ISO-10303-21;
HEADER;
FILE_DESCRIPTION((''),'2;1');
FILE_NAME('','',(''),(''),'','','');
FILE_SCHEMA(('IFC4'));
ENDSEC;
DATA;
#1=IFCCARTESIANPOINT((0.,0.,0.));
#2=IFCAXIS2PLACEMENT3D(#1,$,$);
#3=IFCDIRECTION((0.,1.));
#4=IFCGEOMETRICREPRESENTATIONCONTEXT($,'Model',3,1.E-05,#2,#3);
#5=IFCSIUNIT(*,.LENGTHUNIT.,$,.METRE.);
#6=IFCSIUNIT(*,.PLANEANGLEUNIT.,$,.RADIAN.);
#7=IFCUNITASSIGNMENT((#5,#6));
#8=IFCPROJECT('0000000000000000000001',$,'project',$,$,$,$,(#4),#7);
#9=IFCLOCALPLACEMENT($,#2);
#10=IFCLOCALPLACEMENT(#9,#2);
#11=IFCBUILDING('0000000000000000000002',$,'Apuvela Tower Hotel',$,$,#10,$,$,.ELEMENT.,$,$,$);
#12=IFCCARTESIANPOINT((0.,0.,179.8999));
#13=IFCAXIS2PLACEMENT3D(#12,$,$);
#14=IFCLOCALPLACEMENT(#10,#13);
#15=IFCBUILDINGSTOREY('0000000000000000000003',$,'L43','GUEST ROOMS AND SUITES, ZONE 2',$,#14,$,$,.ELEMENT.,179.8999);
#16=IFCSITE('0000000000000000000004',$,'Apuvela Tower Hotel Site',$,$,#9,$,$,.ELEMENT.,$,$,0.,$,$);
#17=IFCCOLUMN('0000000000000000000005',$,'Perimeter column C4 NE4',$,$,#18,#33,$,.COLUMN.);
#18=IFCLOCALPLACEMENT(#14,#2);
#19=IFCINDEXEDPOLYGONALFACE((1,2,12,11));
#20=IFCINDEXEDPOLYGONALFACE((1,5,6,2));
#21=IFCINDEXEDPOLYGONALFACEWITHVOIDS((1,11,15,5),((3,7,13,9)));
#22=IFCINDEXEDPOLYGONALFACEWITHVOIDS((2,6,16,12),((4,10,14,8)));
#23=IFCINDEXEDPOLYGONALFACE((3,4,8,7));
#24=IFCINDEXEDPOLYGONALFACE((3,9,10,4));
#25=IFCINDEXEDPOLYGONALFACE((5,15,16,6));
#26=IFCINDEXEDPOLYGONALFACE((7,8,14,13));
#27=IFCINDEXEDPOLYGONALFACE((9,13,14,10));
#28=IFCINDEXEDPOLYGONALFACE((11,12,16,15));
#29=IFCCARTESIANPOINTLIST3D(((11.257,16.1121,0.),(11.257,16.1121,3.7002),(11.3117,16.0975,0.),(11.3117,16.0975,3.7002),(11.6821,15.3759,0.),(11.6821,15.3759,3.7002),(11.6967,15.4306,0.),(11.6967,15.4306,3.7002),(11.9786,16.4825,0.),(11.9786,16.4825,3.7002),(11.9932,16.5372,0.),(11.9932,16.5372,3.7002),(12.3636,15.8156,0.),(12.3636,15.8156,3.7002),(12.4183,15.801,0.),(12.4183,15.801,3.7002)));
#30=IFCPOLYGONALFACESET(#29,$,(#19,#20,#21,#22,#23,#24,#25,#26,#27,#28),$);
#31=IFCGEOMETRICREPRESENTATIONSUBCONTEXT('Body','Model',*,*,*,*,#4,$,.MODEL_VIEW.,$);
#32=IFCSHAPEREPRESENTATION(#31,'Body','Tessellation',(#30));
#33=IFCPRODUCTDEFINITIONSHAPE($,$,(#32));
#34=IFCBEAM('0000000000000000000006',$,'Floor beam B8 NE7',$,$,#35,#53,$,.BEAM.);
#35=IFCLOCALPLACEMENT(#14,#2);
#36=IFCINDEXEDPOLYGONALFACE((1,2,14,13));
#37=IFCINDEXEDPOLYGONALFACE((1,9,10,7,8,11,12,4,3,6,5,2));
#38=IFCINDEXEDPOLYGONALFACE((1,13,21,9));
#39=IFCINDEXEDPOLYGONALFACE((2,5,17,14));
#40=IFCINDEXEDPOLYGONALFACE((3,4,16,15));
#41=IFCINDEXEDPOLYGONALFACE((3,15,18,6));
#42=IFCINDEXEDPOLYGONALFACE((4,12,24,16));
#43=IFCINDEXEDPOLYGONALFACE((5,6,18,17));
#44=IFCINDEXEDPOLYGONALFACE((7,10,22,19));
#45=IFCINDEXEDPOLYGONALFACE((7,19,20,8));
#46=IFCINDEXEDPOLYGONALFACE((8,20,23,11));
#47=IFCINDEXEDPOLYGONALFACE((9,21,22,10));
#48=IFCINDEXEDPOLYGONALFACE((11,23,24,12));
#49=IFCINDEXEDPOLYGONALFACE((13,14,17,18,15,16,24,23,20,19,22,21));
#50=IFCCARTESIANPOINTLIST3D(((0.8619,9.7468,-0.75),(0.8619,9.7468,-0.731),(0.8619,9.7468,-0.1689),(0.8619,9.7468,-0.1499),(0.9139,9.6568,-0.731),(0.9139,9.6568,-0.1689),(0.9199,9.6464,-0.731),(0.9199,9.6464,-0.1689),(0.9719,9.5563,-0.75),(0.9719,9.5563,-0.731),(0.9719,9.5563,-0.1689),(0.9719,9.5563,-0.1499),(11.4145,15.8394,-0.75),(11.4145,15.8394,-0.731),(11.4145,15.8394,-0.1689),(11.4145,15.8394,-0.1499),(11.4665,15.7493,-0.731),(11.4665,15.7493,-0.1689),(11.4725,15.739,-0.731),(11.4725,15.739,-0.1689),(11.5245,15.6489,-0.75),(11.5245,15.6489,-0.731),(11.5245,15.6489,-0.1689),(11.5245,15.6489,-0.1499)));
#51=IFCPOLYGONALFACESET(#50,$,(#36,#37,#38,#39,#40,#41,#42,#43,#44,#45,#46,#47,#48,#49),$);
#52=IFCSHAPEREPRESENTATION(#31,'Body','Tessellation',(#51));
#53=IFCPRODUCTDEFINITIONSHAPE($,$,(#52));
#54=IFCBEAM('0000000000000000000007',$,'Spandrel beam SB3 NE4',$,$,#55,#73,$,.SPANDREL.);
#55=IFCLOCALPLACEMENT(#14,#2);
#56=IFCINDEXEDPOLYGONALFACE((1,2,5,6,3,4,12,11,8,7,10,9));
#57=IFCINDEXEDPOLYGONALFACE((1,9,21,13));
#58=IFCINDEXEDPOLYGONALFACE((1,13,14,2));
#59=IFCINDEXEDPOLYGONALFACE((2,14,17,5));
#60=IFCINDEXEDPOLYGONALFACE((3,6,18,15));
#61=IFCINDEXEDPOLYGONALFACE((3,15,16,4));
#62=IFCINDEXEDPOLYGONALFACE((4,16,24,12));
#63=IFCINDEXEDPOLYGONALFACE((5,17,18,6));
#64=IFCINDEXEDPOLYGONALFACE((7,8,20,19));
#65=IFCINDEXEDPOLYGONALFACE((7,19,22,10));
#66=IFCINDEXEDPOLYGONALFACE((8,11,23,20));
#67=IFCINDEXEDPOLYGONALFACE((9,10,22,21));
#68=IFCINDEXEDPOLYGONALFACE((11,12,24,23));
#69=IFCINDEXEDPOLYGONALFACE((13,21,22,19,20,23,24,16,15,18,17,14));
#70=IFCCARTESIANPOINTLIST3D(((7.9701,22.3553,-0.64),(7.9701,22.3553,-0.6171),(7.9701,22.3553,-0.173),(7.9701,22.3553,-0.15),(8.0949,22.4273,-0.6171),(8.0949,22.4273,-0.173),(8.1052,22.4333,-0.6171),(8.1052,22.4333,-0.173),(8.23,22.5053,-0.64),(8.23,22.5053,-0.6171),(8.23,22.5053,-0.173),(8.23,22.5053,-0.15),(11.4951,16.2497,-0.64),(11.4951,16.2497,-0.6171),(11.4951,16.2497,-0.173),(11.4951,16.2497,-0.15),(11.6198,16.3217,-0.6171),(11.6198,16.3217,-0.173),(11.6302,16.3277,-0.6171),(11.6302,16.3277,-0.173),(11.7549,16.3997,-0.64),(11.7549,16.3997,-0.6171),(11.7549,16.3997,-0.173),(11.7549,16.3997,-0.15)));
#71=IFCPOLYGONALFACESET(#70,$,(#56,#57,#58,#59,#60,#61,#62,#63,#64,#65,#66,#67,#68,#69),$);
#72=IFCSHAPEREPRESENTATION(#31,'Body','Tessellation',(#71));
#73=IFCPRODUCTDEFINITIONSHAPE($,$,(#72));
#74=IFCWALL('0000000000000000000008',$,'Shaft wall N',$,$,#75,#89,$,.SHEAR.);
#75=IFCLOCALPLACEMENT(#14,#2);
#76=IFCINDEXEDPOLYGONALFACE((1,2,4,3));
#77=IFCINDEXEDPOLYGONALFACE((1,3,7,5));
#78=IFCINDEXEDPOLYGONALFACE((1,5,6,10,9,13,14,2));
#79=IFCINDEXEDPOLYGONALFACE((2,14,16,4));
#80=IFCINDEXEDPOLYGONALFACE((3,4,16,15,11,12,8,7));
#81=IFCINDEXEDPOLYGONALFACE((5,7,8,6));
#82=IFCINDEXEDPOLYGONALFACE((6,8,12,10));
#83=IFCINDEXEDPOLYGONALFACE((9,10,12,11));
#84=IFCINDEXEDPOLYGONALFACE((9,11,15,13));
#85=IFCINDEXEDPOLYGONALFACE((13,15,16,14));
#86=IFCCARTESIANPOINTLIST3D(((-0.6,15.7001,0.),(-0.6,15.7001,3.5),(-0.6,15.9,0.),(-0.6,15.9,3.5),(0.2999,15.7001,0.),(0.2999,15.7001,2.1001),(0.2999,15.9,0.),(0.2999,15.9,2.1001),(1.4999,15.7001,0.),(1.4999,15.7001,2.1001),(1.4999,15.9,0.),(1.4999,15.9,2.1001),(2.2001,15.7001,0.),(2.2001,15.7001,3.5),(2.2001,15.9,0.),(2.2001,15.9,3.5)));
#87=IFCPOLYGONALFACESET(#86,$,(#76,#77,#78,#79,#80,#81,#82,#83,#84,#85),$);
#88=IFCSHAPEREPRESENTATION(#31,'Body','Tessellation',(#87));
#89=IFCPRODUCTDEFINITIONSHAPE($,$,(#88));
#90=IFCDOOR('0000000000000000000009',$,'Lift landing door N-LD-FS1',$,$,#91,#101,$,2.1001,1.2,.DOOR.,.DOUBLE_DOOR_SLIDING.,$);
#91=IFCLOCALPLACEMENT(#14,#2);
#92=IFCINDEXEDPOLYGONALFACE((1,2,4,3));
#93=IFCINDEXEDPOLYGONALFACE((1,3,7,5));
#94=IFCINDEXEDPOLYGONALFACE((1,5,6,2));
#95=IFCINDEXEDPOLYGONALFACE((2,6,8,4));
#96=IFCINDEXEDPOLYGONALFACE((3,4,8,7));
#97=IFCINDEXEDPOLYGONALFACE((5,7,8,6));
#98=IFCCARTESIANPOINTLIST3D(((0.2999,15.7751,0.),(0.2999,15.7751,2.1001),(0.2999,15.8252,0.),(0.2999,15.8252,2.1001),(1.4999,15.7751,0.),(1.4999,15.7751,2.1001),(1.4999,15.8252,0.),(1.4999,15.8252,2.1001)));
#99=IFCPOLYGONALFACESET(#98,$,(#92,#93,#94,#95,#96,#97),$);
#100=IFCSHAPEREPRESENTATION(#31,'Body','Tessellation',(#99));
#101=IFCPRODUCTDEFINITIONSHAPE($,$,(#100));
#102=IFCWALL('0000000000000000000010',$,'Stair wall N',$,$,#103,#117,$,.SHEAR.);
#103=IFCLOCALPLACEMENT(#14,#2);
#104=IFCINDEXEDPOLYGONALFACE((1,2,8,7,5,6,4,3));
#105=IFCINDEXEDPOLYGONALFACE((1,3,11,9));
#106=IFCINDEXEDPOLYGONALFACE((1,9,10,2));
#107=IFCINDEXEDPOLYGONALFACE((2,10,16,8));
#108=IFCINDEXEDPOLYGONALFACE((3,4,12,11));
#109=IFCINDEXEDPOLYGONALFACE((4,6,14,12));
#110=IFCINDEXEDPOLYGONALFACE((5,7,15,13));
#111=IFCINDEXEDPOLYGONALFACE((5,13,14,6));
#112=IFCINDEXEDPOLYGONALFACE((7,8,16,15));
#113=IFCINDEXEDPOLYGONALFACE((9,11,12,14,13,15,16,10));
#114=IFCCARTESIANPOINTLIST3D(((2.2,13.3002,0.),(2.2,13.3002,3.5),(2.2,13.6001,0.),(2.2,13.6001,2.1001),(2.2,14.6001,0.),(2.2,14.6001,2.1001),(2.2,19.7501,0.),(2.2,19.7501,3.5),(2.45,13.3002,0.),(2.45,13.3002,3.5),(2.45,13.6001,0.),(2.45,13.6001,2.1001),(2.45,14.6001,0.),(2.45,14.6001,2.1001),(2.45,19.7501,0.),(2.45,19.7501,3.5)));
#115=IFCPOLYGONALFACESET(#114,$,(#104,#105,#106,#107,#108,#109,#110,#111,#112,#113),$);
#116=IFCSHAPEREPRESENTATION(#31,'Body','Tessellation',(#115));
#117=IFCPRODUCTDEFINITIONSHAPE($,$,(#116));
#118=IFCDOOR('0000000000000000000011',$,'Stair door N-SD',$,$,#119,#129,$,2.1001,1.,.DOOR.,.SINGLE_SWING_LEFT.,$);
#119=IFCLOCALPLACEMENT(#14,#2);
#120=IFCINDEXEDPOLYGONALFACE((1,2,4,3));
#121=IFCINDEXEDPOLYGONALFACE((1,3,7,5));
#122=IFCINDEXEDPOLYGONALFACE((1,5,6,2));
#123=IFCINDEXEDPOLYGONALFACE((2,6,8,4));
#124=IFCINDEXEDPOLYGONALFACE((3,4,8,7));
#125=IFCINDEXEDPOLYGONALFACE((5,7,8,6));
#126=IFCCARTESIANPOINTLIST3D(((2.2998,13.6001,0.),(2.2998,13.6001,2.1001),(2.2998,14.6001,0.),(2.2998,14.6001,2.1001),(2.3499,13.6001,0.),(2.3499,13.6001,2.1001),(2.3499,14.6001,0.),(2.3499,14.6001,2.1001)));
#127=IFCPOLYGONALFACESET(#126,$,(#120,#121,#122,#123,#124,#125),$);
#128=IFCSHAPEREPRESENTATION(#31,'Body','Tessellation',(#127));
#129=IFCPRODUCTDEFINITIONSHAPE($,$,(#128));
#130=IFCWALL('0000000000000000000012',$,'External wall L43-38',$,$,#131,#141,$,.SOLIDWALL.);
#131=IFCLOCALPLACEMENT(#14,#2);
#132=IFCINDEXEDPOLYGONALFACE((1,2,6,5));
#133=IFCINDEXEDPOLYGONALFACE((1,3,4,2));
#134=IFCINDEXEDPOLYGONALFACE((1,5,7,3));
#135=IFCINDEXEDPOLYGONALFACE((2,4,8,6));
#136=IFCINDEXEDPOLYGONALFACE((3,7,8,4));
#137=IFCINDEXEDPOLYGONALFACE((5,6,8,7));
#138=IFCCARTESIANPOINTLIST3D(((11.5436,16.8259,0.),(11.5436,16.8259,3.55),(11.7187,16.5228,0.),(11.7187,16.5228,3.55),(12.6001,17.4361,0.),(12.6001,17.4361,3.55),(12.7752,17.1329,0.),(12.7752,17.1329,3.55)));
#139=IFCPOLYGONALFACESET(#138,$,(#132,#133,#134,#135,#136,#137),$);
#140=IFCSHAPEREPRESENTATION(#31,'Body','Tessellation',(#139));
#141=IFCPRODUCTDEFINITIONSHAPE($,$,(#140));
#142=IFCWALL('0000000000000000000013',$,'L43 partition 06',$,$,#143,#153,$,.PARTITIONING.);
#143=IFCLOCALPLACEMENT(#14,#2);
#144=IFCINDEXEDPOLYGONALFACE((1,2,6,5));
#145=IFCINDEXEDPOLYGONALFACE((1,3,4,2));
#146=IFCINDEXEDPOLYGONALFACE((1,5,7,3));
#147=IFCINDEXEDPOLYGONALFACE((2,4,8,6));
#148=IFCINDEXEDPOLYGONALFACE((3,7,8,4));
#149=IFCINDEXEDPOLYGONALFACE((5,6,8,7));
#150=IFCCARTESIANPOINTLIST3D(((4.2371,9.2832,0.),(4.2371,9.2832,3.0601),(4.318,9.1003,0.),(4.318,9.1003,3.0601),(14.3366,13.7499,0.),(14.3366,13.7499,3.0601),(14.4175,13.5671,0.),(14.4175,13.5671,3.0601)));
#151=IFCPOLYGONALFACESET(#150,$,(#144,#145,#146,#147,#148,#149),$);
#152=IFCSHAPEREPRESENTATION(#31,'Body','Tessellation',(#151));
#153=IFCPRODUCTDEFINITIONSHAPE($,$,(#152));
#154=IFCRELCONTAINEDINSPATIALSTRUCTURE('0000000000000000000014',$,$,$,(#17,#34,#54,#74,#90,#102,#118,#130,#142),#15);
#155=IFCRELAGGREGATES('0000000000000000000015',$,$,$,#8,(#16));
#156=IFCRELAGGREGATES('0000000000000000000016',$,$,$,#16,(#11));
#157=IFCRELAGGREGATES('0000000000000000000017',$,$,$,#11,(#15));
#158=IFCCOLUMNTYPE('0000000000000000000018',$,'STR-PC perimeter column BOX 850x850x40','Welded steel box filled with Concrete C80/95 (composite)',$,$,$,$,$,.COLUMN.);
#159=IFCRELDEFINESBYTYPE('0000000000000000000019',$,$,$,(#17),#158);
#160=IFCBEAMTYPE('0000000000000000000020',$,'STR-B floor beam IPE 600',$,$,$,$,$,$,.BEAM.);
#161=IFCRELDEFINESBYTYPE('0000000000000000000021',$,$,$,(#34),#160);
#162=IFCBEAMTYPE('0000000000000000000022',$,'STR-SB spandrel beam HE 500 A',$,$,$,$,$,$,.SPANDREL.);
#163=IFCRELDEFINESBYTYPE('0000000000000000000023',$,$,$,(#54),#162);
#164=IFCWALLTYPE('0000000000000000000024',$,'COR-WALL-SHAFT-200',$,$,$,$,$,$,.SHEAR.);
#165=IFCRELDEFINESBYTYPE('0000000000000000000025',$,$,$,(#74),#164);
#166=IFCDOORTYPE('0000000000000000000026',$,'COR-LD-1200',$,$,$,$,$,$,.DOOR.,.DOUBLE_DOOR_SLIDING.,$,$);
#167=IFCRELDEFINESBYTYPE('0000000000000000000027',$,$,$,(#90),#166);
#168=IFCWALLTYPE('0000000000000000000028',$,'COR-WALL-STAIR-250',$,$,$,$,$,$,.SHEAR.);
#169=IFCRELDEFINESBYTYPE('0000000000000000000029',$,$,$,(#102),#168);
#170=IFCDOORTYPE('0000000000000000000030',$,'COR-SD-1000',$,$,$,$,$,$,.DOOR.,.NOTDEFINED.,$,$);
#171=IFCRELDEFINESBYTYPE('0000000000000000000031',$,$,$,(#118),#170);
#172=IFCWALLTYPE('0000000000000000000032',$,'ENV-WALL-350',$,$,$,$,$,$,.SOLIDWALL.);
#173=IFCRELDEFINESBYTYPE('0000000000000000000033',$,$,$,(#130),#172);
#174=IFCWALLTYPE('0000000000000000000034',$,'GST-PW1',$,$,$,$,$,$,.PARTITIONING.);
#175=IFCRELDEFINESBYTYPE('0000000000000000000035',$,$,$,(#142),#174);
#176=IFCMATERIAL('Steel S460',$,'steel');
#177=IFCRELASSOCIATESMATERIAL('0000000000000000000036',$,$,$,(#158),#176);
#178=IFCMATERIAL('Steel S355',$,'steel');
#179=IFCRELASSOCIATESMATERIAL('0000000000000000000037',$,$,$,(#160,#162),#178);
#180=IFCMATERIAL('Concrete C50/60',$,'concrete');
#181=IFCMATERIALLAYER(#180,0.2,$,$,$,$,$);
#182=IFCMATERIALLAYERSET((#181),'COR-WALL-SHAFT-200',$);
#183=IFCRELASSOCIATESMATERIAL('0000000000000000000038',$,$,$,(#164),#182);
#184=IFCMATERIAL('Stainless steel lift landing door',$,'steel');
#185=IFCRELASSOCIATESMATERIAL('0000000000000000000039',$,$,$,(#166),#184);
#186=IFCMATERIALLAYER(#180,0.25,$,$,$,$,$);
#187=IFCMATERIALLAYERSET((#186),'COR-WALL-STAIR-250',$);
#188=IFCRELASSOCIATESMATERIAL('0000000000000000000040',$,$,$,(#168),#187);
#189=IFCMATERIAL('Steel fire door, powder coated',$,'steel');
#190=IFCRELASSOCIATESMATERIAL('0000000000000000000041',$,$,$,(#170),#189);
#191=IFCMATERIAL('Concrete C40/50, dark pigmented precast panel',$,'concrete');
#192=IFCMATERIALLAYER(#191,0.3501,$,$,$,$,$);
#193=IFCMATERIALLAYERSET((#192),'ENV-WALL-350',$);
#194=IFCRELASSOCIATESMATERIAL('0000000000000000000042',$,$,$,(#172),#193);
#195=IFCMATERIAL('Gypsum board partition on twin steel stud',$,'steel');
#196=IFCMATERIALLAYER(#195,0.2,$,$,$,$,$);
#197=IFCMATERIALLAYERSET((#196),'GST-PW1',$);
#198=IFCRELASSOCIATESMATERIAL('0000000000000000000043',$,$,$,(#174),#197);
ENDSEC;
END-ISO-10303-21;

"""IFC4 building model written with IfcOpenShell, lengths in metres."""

from ifc_helpers import new_model, si_unit, direction, frame, frame_2d, origin, origin_2d, place, context, subcontext, project, spatial, rectangle, hollow_rectangle, i_section, extrude, material, layer, layer_set, material_profile, profile_set, type_object, element, fill, save


model = new_model("IFC4")

# Units and contexts
model_context = context("Model", 3, precision=1e-05, world=origin(), true_north=direction((0.0, 1.0)))
body_context = subcontext(model_context, "Body", "Model", "MODEL_VIEW")
ifc_project = project(units=[si_unit("LENGTHUNIT", "METRE"), si_unit("PLANEANGLEUNIT", "RADIAN")], contexts=[model_context])

# Site, building, storey
site_placement = place(None, origin())
site = spatial("IfcSite", under=ifc_project, at=site_placement, Name="Apuvela Tower Hotel Site", CompositionType="ELEMENT", RefElevation=0.0)
building_placement = place(site_placement, origin())
building = spatial("IfcBuilding", under=site, at=building_placement, Name="Apuvela Tower Hotel", CompositionType="ELEMENT")
storey_placement = place(building_placement, frame((0.0, 0.0, 179.8999)))
storey = spatial("IfcBuildingStorey", under=building, at=storey_placement, Name="L43", Description="GUEST ROOMS AND SUITES, ZONE 2", CompositionType="ELEMENT", Elevation=179.8999)

# Column
ifc_material_1 = material(Name="Steel S460", Category="steel")
ifc_material_profile_1 = material_profile(ifc_material_1, hollow_rectangle(XDim=0.8501, YDim=0.8501, WallThickness=0.04, at=origin_2d()), Name="BOX 850x850x40")
ifc_material_2 = material(Name="Concrete C80/95", Category="concrete")
ifc_material_profile_2 = material_profile(ifc_material_2, rectangle(XDim=0.77, YDim=0.77, at=origin_2d()), Name="Concrete C80/95 infill")
ifc_profile_set_1 = profile_set([ifc_material_profile_1, ifc_material_profile_2], Name="Steel S460")
column_type = type_object("IfcColumnType", Name="STR-PC perimeter column BOX 850x850x40", Description="Welded steel box filled with Concrete C80/95 (composite)", PredefinedType="COLUMN", material=ifc_profile_set_1)
column_placement = place(storey_placement, frame((11.8376, 15.9565, 0.0), z_axis=(0.0, 0.0, 1.0), x_axis=(-0.5, 0.866025, 0.0)))
element("IfcColumn", 1, at=column_placement, inside=storey, type_object=column_type, Name="Perimeter column C4 NE4", PredefinedType="COLUMN", context=body_context, shape_type="SweptSolid", body=[
    extrude(hollow_rectangle(XDim=0.8501, YDim=0.8501, WallThickness=0.04, at=origin_2d()), origin(), (0.0, 0.0, 1.0), 3.7002),
])

# Beams
ifc_material_3 = material(Name="Steel S355", Category="steel")
ifc_material_profile_3 = material_profile(ifc_material_3, i_section(OverallWidth=0.22, OverallDepth=0.6001, WebThickness=0.012, FlangeThickness=0.019, at=origin_2d()), Name="IPE 600")
ifc_profile_set_2 = profile_set([ifc_material_profile_3], Name="Steel S355")
beam_type_1 = type_object("IfcBeamType", Name="STR-B floor beam IPE 600", PredefinedType="BEAM", material=ifc_profile_set_2)
beam_1_placement = place(storey_placement, frame((11.4695, 15.7441, -0.45), z_axis=(-0.866024, -0.500003, 0.0), x_axis=(0.500003, -0.866024, 0.0)))
element("IfcBeam", 2, at=beam_1_placement, inside=storey, type_object=beam_type_1, Name="Floor beam B8 NE7", PredefinedType="BEAM", context=body_context, shape_type="SweptSolid", body=[
    extrude(i_section(OverallWidth=0.22, OverallDepth=0.6001, WebThickness=0.012, FlangeThickness=0.019, at=origin_2d()), origin(), (0.0, 0.0, 1.0), 12.1851),
])
ifc_material_profile_4 = material_profile(ifc_material_3, i_section(OverallWidth=0.3, OverallDepth=0.49, WebThickness=0.012, FlangeThickness=0.0229, at=origin_2d()), Name="HE 500 A")
ifc_profile_set_3 = profile_set([ifc_material_profile_4], Name="Steel S355")
beam_type_2 = type_object("IfcBeamType", Name="STR-SB spandrel beam HE 500 A", PredefinedType="SPANDREL", material=ifc_profile_set_3)
beam_2_placement = place(storey_placement, frame((11.625, 16.3247, -0.395), z_axis=(-0.49999, 0.866031, 0.0), x_axis=(-0.866031, -0.49999, 0.0)))
element("IfcBeam", 3, at=beam_2_placement, inside=storey, type_object=beam_type_2, Name="Spandrel beam SB3 NE4", PredefinedType="SPANDREL", context=body_context, shape_type="SweptSolid", body=[
    extrude(i_section(OverallWidth=0.3, OverallDepth=0.49, WebThickness=0.012, FlangeThickness=0.0229, at=origin_2d()), origin(), (0.0, 0.0, 1.0), 7.05),
])

# Walls, openings, doors
ifc_material_4 = material(Name="Concrete C50/60", Category="concrete")
ifc_layer_1 = layer(ifc_material_4, 0.2)
ifc_layer_set_1 = layer_set([ifc_layer_1], Name="COR-WALL-SHAFT-200")
wall_type_1 = type_object("IfcWallType", Name="COR-WALL-SHAFT-200", PredefinedType="SHEAR", material=ifc_layer_set_1)
wall_1_placement = place(storey_placement, frame((2.2, 15.8, 0.0), z_axis=(0.0, 0.0, 1.0), x_axis=(-1.0, 0.0, 0.0)))
wall_1 = element("IfcWall", 4, at=wall_1_placement, inside=storey, type_object=wall_type_1, Name="Shaft wall N", PredefinedType="SHEAR", context=body_context, shape_type="SweptSolid", body=[
    extrude(rectangle(XDim=2.8, YDim=0.2, at=frame_2d((1.3999, 0.0))), origin(), (0.0, 0.0, 1.0), 3.5),
])
opening_1_placement = place(wall_1_placement, frame((0.7, 0.0, 0.0)))
opening_1 = element("IfcOpeningElement", 5, at=opening_1_placement, cuts=wall_1, PredefinedType="OPENING", context=body_context, shape_type="SweptSolid", body=[
    extrude(rectangle(XDim=1.2, YDim=2.1001, at=frame_2d((0.6001, 1.05))), frame((0.0, 0.1099, 0.0), z_axis=(0.0, -1.0, 0.0), x_axis=(1.0, 0.0, 0.0)), (0.0, 0.0, 1.0), 0.22),
])
ifc_material_5 = material(Name="Stainless steel lift landing door", Category="steel")
door_type_1 = type_object("IfcDoorType", Name="COR-LD-1200", OperationType="DOUBLE_DOOR_SLIDING", PredefinedType="DOOR", material=ifc_material_5)
door_1_placement = place(opening_1_placement, origin())
door_1 = element("IfcDoor", 6, at=door_1_placement, inside=storey, type_object=door_type_1, Name="Lift landing door N-LD-FS1", OperationType="DOUBLE_DOOR_SLIDING", OverallHeight=2.1001, OverallWidth=1.2, PredefinedType="DOOR", context=body_context, shape_type="SweptSolid", body=[
    extrude(rectangle(XDim=1.2, YDim=2.1001, at=frame_2d((0.6001, 1.05))), frame((0.0, 0.0249, 0.0), z_axis=(0.0, -1.0, 0.0), x_axis=(1.0, 0.0, 0.0)), (0.0, 0.0, 1.0), 0.05),
])
fill(opening_1, door_1)
ifc_layer_2 = layer(ifc_material_4, 0.25)
ifc_layer_set_2 = layer_set([ifc_layer_2], Name="COR-WALL-STAIR-250")
wall_type_2 = type_object("IfcWallType", Name="COR-WALL-STAIR-250", PredefinedType="SHEAR", material=ifc_layer_set_2)
wall_2_placement = place(storey_placement, frame((2.325, 13.3, 0.0), z_axis=(0.0, 0.0, 1.0), x_axis=(0.0, 1.0, 0.0)))
wall_2 = element("IfcWall", 7, at=wall_2_placement, inside=storey, type_object=wall_type_2, Name="Stair wall N", PredefinedType="SHEAR", context=body_context, shape_type="SweptSolid", body=[
    extrude(rectangle(XDim=6.45, YDim=0.25, at=frame_2d((3.2251, 0.0))), origin(), (0.0, 0.0, 1.0), 3.5),
])
opening_2_placement = place(wall_2_placement, frame((0.3, 0.0, 0.0)))
opening_2 = element("IfcOpeningElement", 8, at=opening_2_placement, cuts=wall_2, PredefinedType="OPENING", context=body_context, shape_type="SweptSolid", body=[
    extrude(rectangle(XDim=1.0, YDim=2.1001, at=frame_2d((0.5, 1.05))), frame((0.0, 0.135, 0.0), z_axis=(0.0, -1.0, 0.0), x_axis=(1.0, 0.0, 0.0)), (0.0, 0.0, 1.0), 0.27),
])
ifc_material_6 = material(Name="Steel fire door, powder coated", Category="steel")
door_type_2 = type_object("IfcDoorType", Name="COR-SD-1000", OperationType="NOTDEFINED", PredefinedType="DOOR", material=ifc_material_6)
door_2_placement = place(opening_2_placement, frame((1.0, 0.0, 0.0), z_axis=(0.0, 0.0, 1.0), x_axis=(-1.0, 0.0, 0.0)))
door_2 = element("IfcDoor", 9, at=door_2_placement, inside=storey, type_object=door_type_2, Name="Stair door N-SD", OperationType="SINGLE_SWING_LEFT", OverallHeight=2.1001, OverallWidth=1.0, PredefinedType="DOOR", context=body_context, shape_type="SweptSolid", body=[
    extrude(rectangle(XDim=1.0, YDim=2.1001, at=frame_2d((0.5, 1.05))), frame((0.0, 0.0249, 0.0), z_axis=(0.0, -1.0, 0.0), x_axis=(1.0, 0.0, 0.0)), (0.0, 0.0, 1.0), 0.05),
])
fill(opening_2, door_2)

# Wall
ifc_material_7 = material(Name="Concrete C40/50, dark pigmented precast panel", Category="concrete")
ifc_layer_3 = layer(ifc_material_7, 0.3501)
ifc_layer_set_3 = layer_set([ifc_layer_3], Name="ENV-WALL-350")
wall_type_3 = type_object("IfcWallType", Name="ENV-WALL-350", PredefinedType="SOLIDWALL", material=ifc_layer_set_3)
wall_3_placement = place(storey_placement, frame((12.6875, 17.2844, 0.0), z_axis=(0.0, 0.0, 1.0), x_axis=(-0.865956, -0.500121, 0.0)))
element("IfcWall", 10, at=wall_3_placement, inside=storey, type_object=wall_type_3, Name="External wall L43-38", PredefinedType="SOLIDWALL", context=body_context, shape_type="SweptSolid", body=[
    extrude(rectangle(XDim=1.22, YDim=0.3501, at=frame_2d((0.6099, 0.0))), origin(), (0.0, 0.0, 1.0), 3.55),
])

# Wall
ifc_material_8 = material(Name="Gypsum board partition on twin steel stud", Category="steel")
ifc_layer_4 = layer(ifc_material_8, 0.2)
ifc_layer_set_4 = layer_set([ifc_layer_4], Name="GST-PW1")
wall_type_4 = type_object("IfcWallType", Name="GST-PW1", PredefinedType="PARTITIONING", material=ifc_layer_set_4)
wall_4_placement = place(storey_placement, frame((14.377, 13.6584, 0.0), z_axis=(0.0, 0.0, 1.0), x_axis=(-0.914547, -0.40448, 0.0)))
element("IfcWall", 11, at=wall_4_placement, inside=storey, type_object=wall_type_4, Name="L43 partition 06", PredefinedType="PARTITIONING", context=body_context, shape_type="SweptSolid", body=[
    extrude(rectangle(XDim=11.0432, YDim=0.2, at=frame_2d((5.5215, 0.0))), origin(), (0.0, 0.0, 1.0), 3.0601),
])

save(model, "model.ifc")
